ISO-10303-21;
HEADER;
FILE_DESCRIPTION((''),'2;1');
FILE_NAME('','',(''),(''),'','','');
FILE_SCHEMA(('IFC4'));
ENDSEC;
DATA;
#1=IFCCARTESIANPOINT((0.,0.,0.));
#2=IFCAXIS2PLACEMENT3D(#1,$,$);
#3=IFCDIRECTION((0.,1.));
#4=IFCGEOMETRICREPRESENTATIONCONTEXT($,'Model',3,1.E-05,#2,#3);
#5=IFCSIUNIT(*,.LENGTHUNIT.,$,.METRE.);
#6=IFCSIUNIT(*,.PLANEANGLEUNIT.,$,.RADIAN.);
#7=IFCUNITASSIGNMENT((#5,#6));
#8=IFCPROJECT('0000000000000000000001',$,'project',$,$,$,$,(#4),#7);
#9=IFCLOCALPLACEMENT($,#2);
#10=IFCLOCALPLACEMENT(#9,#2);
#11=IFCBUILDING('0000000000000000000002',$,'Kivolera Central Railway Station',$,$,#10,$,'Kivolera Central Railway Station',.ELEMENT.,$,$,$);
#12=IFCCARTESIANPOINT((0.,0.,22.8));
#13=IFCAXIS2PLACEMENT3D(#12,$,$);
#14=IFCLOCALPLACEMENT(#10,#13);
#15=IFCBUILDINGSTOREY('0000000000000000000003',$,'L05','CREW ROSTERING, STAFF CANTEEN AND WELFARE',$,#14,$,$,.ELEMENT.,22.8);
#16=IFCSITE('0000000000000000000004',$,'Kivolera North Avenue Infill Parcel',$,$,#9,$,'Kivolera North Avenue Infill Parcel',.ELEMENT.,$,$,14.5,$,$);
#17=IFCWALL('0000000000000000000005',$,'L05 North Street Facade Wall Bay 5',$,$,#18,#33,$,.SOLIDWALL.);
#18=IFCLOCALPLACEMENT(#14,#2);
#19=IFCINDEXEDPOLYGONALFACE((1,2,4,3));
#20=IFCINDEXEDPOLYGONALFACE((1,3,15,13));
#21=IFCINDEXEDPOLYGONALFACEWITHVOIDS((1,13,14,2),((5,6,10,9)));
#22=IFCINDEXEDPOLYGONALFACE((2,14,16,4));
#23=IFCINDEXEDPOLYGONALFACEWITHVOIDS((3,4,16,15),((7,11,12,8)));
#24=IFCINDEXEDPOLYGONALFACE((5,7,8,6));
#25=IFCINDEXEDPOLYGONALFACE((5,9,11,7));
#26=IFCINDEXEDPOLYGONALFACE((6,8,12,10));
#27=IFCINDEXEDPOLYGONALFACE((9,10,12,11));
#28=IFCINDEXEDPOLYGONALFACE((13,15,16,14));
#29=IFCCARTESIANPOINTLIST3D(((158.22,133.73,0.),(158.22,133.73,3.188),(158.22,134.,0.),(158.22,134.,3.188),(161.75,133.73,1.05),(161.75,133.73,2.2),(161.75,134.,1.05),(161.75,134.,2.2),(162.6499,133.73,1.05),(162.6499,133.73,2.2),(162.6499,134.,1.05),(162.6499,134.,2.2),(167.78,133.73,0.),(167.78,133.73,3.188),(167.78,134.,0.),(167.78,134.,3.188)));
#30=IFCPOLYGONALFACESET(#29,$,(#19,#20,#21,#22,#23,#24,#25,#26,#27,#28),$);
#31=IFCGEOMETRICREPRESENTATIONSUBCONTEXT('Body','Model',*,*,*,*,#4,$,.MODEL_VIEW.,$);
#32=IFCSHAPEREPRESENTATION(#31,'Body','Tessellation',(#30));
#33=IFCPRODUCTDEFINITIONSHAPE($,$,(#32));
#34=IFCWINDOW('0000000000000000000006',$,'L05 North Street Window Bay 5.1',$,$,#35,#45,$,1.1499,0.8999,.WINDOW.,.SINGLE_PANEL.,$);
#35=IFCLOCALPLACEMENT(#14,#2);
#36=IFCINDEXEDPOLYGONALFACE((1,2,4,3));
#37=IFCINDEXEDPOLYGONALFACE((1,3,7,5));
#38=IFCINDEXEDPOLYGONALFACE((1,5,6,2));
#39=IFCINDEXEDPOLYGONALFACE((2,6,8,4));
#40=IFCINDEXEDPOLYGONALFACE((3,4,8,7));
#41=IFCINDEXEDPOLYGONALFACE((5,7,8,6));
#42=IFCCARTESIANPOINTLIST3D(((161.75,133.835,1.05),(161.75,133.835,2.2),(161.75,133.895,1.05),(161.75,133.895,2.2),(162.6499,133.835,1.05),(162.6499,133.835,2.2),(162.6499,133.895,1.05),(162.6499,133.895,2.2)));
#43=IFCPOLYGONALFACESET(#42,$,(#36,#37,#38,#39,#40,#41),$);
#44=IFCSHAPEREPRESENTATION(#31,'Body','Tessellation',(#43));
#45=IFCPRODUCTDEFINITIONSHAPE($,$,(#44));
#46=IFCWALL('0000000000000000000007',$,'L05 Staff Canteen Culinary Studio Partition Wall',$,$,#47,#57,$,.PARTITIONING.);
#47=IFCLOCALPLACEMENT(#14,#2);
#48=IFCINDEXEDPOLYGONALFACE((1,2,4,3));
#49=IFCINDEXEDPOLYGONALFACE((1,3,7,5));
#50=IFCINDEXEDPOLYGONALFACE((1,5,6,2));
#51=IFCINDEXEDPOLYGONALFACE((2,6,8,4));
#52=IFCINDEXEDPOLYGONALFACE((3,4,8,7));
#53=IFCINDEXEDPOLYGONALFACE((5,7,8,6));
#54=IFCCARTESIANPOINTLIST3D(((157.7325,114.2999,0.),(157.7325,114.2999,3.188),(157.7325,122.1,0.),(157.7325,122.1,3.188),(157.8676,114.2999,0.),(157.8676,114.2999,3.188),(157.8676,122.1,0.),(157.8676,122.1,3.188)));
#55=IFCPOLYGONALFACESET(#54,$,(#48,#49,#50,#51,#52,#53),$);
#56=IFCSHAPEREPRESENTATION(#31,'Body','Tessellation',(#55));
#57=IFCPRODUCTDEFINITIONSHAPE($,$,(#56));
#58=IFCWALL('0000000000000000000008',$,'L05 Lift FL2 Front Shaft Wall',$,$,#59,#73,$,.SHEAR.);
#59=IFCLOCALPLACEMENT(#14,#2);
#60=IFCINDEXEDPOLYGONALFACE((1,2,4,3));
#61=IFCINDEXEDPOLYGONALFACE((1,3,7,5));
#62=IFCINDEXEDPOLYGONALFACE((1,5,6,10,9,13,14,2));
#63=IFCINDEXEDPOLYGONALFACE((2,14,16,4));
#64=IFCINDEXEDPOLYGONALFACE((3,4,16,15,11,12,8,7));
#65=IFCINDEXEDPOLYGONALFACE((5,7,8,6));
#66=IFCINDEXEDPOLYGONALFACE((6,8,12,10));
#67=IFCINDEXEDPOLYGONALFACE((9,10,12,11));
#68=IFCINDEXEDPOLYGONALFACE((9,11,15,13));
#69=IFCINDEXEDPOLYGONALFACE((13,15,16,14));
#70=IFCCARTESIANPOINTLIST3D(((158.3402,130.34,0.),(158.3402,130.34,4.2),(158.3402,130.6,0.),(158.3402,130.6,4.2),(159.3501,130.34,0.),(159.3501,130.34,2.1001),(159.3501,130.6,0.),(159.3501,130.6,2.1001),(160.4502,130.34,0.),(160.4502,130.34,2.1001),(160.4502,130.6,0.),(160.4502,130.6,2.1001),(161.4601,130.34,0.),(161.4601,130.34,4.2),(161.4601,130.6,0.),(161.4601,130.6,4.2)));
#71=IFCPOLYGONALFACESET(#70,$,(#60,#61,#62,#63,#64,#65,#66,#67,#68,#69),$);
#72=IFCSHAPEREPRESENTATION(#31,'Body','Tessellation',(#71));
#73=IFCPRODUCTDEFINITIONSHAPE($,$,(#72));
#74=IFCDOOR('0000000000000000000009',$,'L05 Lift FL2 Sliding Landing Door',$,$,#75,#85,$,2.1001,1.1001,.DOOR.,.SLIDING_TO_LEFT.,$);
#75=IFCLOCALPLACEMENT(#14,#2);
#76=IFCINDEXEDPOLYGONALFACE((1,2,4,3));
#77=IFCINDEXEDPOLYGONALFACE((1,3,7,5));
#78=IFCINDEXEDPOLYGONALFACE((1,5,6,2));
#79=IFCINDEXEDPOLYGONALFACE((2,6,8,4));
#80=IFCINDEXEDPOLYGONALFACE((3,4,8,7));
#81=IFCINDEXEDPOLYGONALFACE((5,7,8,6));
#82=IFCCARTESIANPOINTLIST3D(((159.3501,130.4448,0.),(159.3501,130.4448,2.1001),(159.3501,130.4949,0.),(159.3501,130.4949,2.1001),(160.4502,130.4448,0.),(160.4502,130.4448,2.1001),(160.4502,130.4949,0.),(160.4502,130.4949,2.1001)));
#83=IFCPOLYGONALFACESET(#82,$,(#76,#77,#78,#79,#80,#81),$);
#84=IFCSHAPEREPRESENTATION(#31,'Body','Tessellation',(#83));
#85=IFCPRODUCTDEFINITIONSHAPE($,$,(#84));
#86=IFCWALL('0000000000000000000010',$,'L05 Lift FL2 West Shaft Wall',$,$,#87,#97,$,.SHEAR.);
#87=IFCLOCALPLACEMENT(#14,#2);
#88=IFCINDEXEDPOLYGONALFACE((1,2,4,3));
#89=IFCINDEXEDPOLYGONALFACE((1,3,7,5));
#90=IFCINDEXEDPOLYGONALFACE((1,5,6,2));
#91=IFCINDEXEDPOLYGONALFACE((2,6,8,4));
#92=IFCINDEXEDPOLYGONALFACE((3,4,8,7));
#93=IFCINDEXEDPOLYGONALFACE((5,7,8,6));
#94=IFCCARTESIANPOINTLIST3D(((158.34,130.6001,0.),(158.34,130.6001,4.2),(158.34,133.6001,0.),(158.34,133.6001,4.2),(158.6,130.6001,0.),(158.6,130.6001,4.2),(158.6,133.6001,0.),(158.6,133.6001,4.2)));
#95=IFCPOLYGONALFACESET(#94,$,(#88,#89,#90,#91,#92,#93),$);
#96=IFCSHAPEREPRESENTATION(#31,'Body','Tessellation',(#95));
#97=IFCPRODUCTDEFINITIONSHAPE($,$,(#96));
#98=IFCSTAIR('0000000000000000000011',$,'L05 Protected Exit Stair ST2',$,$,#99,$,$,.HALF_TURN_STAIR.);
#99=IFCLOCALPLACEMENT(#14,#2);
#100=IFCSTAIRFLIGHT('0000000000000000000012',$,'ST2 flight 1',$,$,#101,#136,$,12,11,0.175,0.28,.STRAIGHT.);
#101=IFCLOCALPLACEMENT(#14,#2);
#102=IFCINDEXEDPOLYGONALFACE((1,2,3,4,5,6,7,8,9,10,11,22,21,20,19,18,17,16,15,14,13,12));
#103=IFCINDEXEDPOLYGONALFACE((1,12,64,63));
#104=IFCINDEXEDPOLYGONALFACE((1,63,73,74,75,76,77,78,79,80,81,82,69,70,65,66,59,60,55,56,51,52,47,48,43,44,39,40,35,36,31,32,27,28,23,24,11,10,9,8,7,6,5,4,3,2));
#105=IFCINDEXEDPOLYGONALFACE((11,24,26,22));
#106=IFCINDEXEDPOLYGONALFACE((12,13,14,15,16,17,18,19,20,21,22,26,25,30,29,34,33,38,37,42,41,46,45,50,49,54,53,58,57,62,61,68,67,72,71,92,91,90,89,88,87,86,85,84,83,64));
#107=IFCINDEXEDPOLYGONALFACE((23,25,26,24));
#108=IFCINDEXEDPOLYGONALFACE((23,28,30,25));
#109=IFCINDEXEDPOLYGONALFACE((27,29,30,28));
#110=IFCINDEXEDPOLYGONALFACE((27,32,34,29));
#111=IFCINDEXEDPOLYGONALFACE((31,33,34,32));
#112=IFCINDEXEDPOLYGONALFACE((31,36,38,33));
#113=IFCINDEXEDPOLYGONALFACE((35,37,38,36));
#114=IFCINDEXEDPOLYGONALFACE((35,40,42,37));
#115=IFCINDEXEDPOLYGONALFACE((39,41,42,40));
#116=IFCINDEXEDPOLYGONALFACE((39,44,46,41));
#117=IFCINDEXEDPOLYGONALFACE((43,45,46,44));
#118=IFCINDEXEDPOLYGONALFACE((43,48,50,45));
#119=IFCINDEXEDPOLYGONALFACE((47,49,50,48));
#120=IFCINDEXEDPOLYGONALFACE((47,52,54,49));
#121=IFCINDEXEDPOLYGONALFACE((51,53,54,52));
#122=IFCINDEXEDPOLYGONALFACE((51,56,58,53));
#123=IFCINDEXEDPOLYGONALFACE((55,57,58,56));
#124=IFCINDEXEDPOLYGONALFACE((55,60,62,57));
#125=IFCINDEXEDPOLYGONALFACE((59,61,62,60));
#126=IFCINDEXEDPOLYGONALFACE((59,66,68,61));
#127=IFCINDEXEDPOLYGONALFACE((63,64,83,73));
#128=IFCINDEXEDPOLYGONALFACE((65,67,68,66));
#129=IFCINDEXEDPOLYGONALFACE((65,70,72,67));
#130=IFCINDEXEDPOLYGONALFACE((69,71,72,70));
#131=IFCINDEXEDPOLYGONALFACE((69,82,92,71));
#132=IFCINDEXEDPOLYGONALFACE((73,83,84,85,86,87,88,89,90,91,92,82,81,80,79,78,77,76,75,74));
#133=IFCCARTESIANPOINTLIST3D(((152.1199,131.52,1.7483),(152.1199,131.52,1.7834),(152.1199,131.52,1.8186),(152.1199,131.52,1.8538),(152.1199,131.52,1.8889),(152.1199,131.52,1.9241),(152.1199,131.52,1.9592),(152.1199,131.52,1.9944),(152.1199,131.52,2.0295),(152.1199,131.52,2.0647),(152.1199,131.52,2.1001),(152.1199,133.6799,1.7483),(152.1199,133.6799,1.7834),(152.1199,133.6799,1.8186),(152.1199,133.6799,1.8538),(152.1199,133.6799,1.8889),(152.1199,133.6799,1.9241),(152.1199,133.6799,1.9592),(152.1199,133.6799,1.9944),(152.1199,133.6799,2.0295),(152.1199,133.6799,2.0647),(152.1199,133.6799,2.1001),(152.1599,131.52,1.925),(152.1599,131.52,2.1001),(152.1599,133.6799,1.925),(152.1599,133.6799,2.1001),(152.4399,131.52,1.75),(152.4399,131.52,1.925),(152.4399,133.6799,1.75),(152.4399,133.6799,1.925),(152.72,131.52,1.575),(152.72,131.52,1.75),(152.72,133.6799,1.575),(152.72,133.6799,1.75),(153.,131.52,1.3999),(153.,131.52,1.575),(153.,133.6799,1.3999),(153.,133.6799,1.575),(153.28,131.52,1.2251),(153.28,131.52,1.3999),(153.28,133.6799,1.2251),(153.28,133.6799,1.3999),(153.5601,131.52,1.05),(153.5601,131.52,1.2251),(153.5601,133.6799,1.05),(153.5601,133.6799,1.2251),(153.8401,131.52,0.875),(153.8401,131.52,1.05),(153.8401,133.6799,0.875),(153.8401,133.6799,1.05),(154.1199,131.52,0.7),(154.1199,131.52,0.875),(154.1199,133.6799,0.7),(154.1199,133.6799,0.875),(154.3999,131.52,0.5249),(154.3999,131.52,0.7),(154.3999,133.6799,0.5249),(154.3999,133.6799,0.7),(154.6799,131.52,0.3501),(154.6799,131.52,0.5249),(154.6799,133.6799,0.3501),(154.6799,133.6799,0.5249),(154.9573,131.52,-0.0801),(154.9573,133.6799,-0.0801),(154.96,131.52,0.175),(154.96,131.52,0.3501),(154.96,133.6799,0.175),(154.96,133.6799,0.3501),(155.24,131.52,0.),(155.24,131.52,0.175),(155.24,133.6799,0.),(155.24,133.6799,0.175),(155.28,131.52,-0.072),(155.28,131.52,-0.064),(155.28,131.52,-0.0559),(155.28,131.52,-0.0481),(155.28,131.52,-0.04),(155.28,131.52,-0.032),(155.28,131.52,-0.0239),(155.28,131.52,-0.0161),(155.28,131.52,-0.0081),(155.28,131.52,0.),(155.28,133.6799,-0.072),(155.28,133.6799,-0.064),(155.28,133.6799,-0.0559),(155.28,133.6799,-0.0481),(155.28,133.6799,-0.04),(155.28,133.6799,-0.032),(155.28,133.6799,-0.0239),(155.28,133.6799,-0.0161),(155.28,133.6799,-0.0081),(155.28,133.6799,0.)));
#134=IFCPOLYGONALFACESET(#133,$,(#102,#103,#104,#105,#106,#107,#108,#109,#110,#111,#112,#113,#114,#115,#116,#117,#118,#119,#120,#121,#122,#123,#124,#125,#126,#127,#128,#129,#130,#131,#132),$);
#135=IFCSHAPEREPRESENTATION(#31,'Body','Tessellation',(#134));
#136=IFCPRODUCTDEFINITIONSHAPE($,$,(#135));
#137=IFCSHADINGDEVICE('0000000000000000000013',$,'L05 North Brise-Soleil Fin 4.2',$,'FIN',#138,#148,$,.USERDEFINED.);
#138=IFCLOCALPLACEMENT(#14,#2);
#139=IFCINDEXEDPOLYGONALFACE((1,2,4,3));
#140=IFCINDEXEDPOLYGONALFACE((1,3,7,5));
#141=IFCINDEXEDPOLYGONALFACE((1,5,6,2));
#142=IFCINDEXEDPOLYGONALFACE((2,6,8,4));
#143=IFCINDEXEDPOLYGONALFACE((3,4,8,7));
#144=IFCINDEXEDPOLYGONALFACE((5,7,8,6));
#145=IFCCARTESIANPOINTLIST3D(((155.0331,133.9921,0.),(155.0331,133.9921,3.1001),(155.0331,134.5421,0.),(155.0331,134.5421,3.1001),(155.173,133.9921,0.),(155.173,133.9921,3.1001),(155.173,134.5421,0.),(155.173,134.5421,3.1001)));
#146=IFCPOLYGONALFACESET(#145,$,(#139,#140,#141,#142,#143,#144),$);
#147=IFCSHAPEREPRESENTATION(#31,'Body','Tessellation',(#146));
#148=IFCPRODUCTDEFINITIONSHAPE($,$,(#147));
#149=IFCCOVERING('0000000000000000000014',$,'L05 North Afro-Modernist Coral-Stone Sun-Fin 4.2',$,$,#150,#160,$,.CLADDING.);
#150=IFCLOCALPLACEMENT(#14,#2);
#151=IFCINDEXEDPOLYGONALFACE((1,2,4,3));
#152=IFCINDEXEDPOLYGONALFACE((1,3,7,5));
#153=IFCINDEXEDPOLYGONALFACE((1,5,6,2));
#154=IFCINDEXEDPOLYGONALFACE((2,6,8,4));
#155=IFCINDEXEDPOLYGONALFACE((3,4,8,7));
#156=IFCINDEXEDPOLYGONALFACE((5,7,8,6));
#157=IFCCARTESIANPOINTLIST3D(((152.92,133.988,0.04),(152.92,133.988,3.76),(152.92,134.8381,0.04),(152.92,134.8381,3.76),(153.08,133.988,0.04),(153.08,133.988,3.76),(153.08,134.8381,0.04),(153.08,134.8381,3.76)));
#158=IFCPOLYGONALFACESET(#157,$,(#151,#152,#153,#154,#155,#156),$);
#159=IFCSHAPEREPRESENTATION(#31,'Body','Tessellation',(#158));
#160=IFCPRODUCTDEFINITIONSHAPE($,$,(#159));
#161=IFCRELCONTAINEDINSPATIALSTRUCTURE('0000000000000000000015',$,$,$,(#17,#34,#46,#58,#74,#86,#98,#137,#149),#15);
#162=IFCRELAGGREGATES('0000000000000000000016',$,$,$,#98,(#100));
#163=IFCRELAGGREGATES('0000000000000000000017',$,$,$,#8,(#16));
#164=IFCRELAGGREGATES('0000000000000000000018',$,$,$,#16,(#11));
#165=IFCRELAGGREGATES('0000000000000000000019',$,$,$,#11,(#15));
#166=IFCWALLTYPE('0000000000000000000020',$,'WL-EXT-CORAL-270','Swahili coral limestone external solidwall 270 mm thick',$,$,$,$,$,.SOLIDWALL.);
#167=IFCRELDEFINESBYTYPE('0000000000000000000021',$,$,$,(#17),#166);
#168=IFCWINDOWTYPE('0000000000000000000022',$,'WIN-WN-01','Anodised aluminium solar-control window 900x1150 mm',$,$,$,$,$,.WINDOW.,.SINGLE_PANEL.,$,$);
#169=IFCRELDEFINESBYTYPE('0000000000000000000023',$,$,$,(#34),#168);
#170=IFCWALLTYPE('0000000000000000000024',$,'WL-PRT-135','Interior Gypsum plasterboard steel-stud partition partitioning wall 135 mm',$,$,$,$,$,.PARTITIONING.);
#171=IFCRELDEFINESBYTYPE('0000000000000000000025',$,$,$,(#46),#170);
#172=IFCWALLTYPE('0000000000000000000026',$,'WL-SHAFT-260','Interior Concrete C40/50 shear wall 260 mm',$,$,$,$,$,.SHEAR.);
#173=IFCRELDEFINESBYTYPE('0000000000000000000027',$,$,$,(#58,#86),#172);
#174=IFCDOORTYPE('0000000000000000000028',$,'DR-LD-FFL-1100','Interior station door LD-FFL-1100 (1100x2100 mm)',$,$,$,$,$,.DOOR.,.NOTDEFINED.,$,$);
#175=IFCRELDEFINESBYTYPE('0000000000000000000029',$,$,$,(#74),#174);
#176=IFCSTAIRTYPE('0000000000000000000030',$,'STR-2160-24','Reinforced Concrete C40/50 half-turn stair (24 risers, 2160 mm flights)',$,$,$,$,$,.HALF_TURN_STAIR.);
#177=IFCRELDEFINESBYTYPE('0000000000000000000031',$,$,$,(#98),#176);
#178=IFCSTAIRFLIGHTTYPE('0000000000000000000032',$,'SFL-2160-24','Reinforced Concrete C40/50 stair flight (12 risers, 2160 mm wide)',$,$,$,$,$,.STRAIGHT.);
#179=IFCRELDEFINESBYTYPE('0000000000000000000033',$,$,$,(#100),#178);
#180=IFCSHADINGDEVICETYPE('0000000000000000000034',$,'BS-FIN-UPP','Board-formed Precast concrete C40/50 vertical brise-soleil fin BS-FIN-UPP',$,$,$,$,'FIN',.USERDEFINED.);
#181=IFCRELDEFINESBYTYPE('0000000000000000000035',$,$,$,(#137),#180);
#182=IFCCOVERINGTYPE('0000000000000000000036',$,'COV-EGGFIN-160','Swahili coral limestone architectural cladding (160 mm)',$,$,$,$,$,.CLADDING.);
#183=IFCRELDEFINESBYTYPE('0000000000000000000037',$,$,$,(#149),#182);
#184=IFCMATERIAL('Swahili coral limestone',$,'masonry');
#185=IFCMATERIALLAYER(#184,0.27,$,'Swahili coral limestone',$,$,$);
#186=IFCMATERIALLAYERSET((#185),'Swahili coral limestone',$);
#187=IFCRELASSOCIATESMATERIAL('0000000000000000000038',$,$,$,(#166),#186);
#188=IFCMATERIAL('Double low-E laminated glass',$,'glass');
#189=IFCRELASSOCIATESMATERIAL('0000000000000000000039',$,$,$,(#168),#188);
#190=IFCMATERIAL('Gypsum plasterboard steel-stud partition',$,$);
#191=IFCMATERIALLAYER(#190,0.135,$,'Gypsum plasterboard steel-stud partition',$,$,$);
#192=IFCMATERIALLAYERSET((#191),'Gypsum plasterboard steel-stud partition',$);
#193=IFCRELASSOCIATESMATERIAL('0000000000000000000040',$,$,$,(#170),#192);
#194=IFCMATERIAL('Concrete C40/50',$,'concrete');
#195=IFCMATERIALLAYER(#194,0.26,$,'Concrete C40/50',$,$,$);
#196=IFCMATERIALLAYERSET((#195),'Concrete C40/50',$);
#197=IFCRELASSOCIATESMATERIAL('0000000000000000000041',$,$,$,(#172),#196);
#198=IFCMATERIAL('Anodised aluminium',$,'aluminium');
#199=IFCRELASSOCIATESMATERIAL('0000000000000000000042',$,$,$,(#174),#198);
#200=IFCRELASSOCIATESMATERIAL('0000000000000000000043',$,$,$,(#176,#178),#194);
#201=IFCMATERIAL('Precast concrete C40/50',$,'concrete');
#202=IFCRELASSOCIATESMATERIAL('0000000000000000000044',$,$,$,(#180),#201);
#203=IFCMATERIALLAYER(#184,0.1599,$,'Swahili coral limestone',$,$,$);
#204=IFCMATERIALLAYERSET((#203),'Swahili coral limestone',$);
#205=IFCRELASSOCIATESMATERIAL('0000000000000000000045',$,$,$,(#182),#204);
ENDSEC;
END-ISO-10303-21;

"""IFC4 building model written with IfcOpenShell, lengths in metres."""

from ifc_helpers import new_model, si_unit, direction, frame, frame_2d, origin, origin_2d, place, context, subcontext, project, spatial, polyline, rectangle, outline, extrude, material, layer, layer_set, type_object, element, fill, aggregate, save


model = new_model("IFC4")

# Units and contexts
model_context = context("Model", 3, precision=1e-05, world=origin(), true_north=direction((0.0, 1.0)))
body_context = subcontext(model_context, "Body", "Model", "MODEL_VIEW")
ifc_project = project(units=[si_unit("LENGTHUNIT", "METRE"), si_unit("PLANEANGLEUNIT", "RADIAN")], contexts=[model_context])

# Site, building, storey
site_placement = place(None, origin())
site = spatial("IfcSite", under=ifc_project, at=site_placement, Name="Kivolera North Avenue Infill Parcel", LongName="Kivolera North Avenue Infill Parcel", CompositionType="ELEMENT", RefElevation=14.5)
building_placement = place(site_placement, origin())
building = spatial("IfcBuilding", under=site, at=building_placement, Name="Kivolera Central Railway Station", LongName="Kivolera Central Railway Station", CompositionType="ELEMENT")
storey_placement = place(building_placement, frame((0.0, 0.0, 22.8)))
storey = spatial("IfcBuildingStorey", under=building, at=storey_placement, Name="L05", Description="CREW ROSTERING, STAFF CANTEEN AND WELFARE", CompositionType="ELEMENT", Elevation=22.8)

# Shared definitions
ifc_material_1 = material(Name="Concrete C40/50", Category="concrete")

# Shared definitions
ifc_material_2 = material(Name="Anodised aluminium", Category="aluminium")

# Shared definitions
ifc_material_3 = material(Name="Swahili coral limestone", Category="masonry")

# Wall, opening, window
ifc_layer_1 = layer(ifc_material_3, 0.27, Name="Swahili coral limestone")
ifc_layer_set_1 = layer_set([ifc_layer_1], Name="Swahili coral limestone")
wall_type_1 = type_object("IfcWallType", Name="WL-EXT-CORAL-270", Description="Swahili coral limestone external solidwall 270 mm thick", PredefinedType="SOLIDWALL", material=ifc_layer_set_1)
wall_1_placement = place(storey_placement, frame((158.22, 133.865, 0.0), z_axis=(0.0, 0.0, 1.0), x_axis=(1.0, 0.0, 0.0)))
wall_1 = element("IfcWall", 1, at=wall_1_placement, inside=storey, type_object=wall_type_1, Name="L05 North Street Facade Wall Bay 5", PredefinedType="SOLIDWALL", context=body_context, shape_type="SweptSolid", body=[
    extrude(rectangle(XDim=9.5601, YDim=0.27, at=frame_2d((4.78, 0.0))), origin(), (0.0, 0.0, 1.0), 3.188),
])
opening_1_placement = place(wall_1_placement, frame((3.53, 0.0, 1.05)))
opening_1 = element("IfcOpeningElement", 2, at=opening_1_placement, cuts=wall_1, PredefinedType="OPENING", context=body_context, shape_type="SweptSolid", body=[
    extrude(rectangle(XDim=0.8999, YDim=1.1499, at=frame_2d((0.45, 0.575))), frame((0.0, 0.145, 0.0), z_axis=(0.0, -1.0, 0.0), x_axis=(1.0, 0.0, 0.0)), (0.0, 0.0, 1.0), 0.29),
])
ifc_material_4 = material(Name="Double low-E laminated glass", Category="glass")
window_type = type_object("IfcWindowType", Name="WIN-WN-01", Description="Anodised aluminium solar-control window 900x1150 mm", PartitioningType="SINGLE_PANEL", PredefinedType="WINDOW", material=ifc_material_4)
window_placement = place(opening_1_placement, origin())
window = element("IfcWindow", 3, at=window_placement, inside=storey, type_object=window_type, Name="L05 North Street Window Bay 5.1", OverallHeight=1.1499, OverallWidth=0.8999, PartitioningType="SINGLE_PANEL", PredefinedType="WINDOW", context=body_context, shape_type="SweptSolid", body=[
    extrude(rectangle(XDim=0.8999, YDim=1.1499, at=frame_2d((0.45, 0.575))), frame((0.0, 0.03, 0.0), z_axis=(0.0, -1.0, 0.0), x_axis=(1.0, 0.0, 0.0)), (0.0, 0.0, 1.0), 0.0601),
])
fill(opening_1, window)

# Wall
ifc_material_5 = material(Name="Gypsum plasterboard steel-stud partition")
ifc_layer_2 = layer(ifc_material_5, 0.135, Name="Gypsum plasterboard steel-stud partition")
ifc_layer_set_2 = layer_set([ifc_layer_2], Name="Gypsum plasterboard steel-stud partition")
wall_type_2 = type_object("IfcWallType", Name="WL-PRT-135", Description="Interior Gypsum plasterboard steel-stud partition partitioning wall 135 mm", PredefinedType="PARTITIONING", material=ifc_layer_set_2)
wall_2_placement = place(storey_placement, frame((157.8, 114.3, 0.0), z_axis=(0.0, 0.0, 1.0), x_axis=(0.0, 1.0, 0.0)))
element("IfcWall", 4, at=wall_2_placement, inside=storey, type_object=wall_type_2, Name="L05 Staff Canteen Culinary Studio Partition Wall", PredefinedType="PARTITIONING", context=body_context, shape_type="SweptSolid", body=[
    extrude(rectangle(XDim=7.8, YDim=0.135, at=frame_2d((3.8999, 0.0))), origin(), (0.0, 0.0, 1.0), 3.188),
])

# Wall, opening, door
ifc_layer_3 = layer(ifc_material_1, 0.26, Name="Concrete C40/50")
ifc_layer_set_3 = layer_set([ifc_layer_3], Name="Concrete C40/50")
wall_type_3 = type_object("IfcWallType", Name="WL-SHAFT-260", Description="Interior Concrete C40/50 shear wall 260 mm", PredefinedType="SHEAR", material=ifc_layer_set_3)
wall_3_placement = place(storey_placement, frame((158.3401, 130.47, 0.0), z_axis=(0.0, 0.0, 1.0), x_axis=(1.0, 0.0, 0.0)))
wall_3 = element("IfcWall", 5, at=wall_3_placement, inside=storey, type_object=wall_type_3, Name="L05 Lift FL2 Front Shaft Wall", PredefinedType="SHEAR", context=body_context, shape_type="SweptSolid", body=[
    extrude(rectangle(XDim=3.1199, YDim=0.26, at=frame_2d((1.5601, 0.0))), origin(), (0.0, 0.0, 1.0), 4.2),
])
opening_2_placement = place(wall_3_placement, frame((1.01, 0.0, 0.0)))
opening_2 = element("IfcOpeningElement", 6, at=opening_2_placement, cuts=wall_3, PredefinedType="OPENING", context=body_context, shape_type="SweptSolid", body=[
    extrude(rectangle(XDim=1.1001, YDim=2.1001, at=frame_2d((0.55, 1.05))), frame((0.0, 0.1399, 0.0), z_axis=(0.0, -1.0, 0.0), x_axis=(1.0, 0.0, 0.0)), (0.0, 0.0, 1.0), 0.28),
])
door_type_1 = type_object("IfcDoorType", Name="DR-LD-FFL-1100", Description="Interior station door LD-FFL-1100 (1100x2100 mm)", OperationType="NOTDEFINED", PredefinedType="DOOR", material=ifc_material_2)
door_1_placement = place(opening_2_placement, origin())
door_1 = element("IfcDoor", 7, at=door_1_placement, inside=storey, type_object=door_type_1, Name="L05 Lift FL2 Sliding Landing Door", OperationType="SLIDING_TO_LEFT", OverallHeight=2.1001, OverallWidth=1.1001, PredefinedType="DOOR", context=body_context, shape_type="SweptSolid", body=[
    extrude(rectangle(XDim=1.1001, YDim=2.1001, at=frame_2d((0.55, 1.05))), frame((0.0, 0.0249, 0.0), z_axis=(0.0, -1.0, 0.0), x_axis=(1.0, 0.0, 0.0)), (0.0, 0.0, 1.0), 0.05),
])
fill(opening_2, door_1)

# Wall
wall_4_placement = place(storey_placement, frame((158.47, 130.6001, 0.0), z_axis=(0.0, 0.0, 1.0), x_axis=(0.0, 1.0, 0.0)))
element("IfcWall", 8, at=wall_4_placement, inside=storey, type_object=wall_type_3, Name="L05 Lift FL2 West Shaft Wall", PredefinedType="SHEAR", context=body_context, shape_type="SweptSolid", body=[
    extrude(rectangle(XDim=3.0, YDim=0.26, at=frame_2d((1.5, 0.0))), origin(), (0.0, 0.0, 1.0), 4.2),
])

# Stair, stair flight
stair_type = type_object("IfcStairType", Name="STR-2160-24", Description="Reinforced Concrete C40/50 half-turn stair (24 risers, 2160 mm flights)", PredefinedType="HALF_TURN_STAIR", material=ifc_material_1)
stair_placement = place(storey_placement, origin())
stair = element("IfcStair", 9, at=stair_placement, inside=storey, type_object=stair_type, Name="L05 Protected Exit Stair ST2", PredefinedType="HALF_TURN_STAIR")
stair_flight_type = type_object("IfcStairFlightType", Name="SFL-2160-24", Description="Reinforced Concrete C40/50 stair flight (12 risers, 2160 mm wide)", PredefinedType="STRAIGHT", material=ifc_material_1)
stair_flight_placement = place(storey_placement, frame((155.24, 132.6001, 0.0), z_axis=(0.0, 0.0, 1.0), x_axis=(-1.0, 0.0, 0.0)))
stair_flight = element("IfcStairFlight", 10, at=stair_flight_placement, type_object=stair_flight_type, Name="ST2 flight 1", NumberOfRisers=12, NumberOfTreads=11, PredefinedType="STRAIGHT", RiserHeight=0.175, TreadLength=0.28, context=body_context, shape_type="SweptSolid", body=[
    extrude(outline(polyline([(-0.04, 0.0), (0.0, 0.0), (0.0, 0.175), (0.28, 0.175), (0.28, 0.3501), (0.5601, 0.3501), (0.5601, 0.5249), (0.8401, 0.5249), (0.8401, 0.7), (1.1201, 0.7), (1.1201, 0.875), (1.3999, 0.875), (1.3999, 1.05), (1.6799, 1.05), (1.6799, 1.2251), (1.96, 1.2251), (1.96, 1.3999), (2.24, 1.3999), (2.24, 1.575), (2.52, 1.575), (2.52, 1.75), (2.8, 1.75), (2.8, 1.925), (3.0801, 1.925), (3.0801, 2.1001), (3.1201, 2.1001), (3.1201, 2.0647), (3.1201, 2.0295), (3.1201, 1.9944), (3.1201, 1.9592), (3.1201, 1.9241), (3.1201, 1.8889), (3.1201, 1.8538), (3.1201, 1.8186), (3.1201, 1.7834), (3.1201, 1.7483), (0.2827, -0.0801), (-0.04, -0.072), (-0.04, -0.064), (-0.04, -0.0559), (-0.04, -0.0481), (-0.04, -0.04), (-0.04, -0.032), (-0.04, -0.0239), (-0.04, -0.0161), (-0.04, -0.0081), (-0.04, 0.0)])), frame((0.0, 1.0801, 0.0), z_axis=(0.0, -1.0, 0.0), x_axis=(1.0, 0.0, 0.0)), (0.0, 0.0, 1.0), 2.1599),
])
aggregate(stair, [stair_flight])

# Shading device
ifc_material_6 = material(Name="Precast concrete C40/50", Category="concrete")
shading_device_type = type_object("IfcShadingDeviceType", Name="BS-FIN-UPP", Description="Board-formed Precast concrete C40/50 vertical brise-soleil fin BS-FIN-UPP", ElementType="FIN", PredefinedType="USERDEFINED", material=ifc_material_6)
shading_device_placement = place(storey_placement, frame((155.103, 134.2671, 0.0), z_axis=(0.0, 0.0, 1.0), x_axis=(1.0, 0.0, 0.0)))
element("IfcShadingDevice", 11, at=shading_device_placement, inside=storey, type_object=shading_device_type, Name="L05 North Brise-Soleil Fin 4.2", ObjectType="FIN", PredefinedType="USERDEFINED", context=body_context, shape_type="SweptSolid", body=[
    extrude(rectangle(XDim=0.1399, YDim=0.55, at=origin_2d()), origin(), (0.0, 0.0, 1.0), 3.1001),
])

# Covering
ifc_layer_4 = layer(ifc_material_3, 0.1599, Name="Swahili coral limestone")
ifc_layer_set_4 = layer_set([ifc_layer_4], Name="Swahili coral limestone")
covering_type_1 = type_object("IfcCoveringType", Name="COV-EGGFIN-160", Description="Swahili coral limestone architectural cladding (160 mm)", PredefinedType="CLADDING", material=ifc_layer_set_4)
for number, where, z_axis, x_axis, name in (
    (12, (153.0, 134.4131, 0.04), (0.0, 0.0, 1.0), (1.0, 0.0, 0.0), "L05 North Afro-Modernist Coral-Stone Sun-Fin 4.2"),
):
    element("IfcCovering", number, at=place(storey_placement, frame(where, z_axis=z_axis, x_axis=x_axis)), inside=storey, type_object=covering_type_1, Name=name, PredefinedType="CLADDING", context=body_context, shape_type="SweptSolid", body=[
        extrude(rectangle(XDim=0.1599, YDim=0.8501, at=origin_2d()), origin(), (0.0, 0.0, 1.0), 3.72),
    ])

save(model, "model.ifc")
